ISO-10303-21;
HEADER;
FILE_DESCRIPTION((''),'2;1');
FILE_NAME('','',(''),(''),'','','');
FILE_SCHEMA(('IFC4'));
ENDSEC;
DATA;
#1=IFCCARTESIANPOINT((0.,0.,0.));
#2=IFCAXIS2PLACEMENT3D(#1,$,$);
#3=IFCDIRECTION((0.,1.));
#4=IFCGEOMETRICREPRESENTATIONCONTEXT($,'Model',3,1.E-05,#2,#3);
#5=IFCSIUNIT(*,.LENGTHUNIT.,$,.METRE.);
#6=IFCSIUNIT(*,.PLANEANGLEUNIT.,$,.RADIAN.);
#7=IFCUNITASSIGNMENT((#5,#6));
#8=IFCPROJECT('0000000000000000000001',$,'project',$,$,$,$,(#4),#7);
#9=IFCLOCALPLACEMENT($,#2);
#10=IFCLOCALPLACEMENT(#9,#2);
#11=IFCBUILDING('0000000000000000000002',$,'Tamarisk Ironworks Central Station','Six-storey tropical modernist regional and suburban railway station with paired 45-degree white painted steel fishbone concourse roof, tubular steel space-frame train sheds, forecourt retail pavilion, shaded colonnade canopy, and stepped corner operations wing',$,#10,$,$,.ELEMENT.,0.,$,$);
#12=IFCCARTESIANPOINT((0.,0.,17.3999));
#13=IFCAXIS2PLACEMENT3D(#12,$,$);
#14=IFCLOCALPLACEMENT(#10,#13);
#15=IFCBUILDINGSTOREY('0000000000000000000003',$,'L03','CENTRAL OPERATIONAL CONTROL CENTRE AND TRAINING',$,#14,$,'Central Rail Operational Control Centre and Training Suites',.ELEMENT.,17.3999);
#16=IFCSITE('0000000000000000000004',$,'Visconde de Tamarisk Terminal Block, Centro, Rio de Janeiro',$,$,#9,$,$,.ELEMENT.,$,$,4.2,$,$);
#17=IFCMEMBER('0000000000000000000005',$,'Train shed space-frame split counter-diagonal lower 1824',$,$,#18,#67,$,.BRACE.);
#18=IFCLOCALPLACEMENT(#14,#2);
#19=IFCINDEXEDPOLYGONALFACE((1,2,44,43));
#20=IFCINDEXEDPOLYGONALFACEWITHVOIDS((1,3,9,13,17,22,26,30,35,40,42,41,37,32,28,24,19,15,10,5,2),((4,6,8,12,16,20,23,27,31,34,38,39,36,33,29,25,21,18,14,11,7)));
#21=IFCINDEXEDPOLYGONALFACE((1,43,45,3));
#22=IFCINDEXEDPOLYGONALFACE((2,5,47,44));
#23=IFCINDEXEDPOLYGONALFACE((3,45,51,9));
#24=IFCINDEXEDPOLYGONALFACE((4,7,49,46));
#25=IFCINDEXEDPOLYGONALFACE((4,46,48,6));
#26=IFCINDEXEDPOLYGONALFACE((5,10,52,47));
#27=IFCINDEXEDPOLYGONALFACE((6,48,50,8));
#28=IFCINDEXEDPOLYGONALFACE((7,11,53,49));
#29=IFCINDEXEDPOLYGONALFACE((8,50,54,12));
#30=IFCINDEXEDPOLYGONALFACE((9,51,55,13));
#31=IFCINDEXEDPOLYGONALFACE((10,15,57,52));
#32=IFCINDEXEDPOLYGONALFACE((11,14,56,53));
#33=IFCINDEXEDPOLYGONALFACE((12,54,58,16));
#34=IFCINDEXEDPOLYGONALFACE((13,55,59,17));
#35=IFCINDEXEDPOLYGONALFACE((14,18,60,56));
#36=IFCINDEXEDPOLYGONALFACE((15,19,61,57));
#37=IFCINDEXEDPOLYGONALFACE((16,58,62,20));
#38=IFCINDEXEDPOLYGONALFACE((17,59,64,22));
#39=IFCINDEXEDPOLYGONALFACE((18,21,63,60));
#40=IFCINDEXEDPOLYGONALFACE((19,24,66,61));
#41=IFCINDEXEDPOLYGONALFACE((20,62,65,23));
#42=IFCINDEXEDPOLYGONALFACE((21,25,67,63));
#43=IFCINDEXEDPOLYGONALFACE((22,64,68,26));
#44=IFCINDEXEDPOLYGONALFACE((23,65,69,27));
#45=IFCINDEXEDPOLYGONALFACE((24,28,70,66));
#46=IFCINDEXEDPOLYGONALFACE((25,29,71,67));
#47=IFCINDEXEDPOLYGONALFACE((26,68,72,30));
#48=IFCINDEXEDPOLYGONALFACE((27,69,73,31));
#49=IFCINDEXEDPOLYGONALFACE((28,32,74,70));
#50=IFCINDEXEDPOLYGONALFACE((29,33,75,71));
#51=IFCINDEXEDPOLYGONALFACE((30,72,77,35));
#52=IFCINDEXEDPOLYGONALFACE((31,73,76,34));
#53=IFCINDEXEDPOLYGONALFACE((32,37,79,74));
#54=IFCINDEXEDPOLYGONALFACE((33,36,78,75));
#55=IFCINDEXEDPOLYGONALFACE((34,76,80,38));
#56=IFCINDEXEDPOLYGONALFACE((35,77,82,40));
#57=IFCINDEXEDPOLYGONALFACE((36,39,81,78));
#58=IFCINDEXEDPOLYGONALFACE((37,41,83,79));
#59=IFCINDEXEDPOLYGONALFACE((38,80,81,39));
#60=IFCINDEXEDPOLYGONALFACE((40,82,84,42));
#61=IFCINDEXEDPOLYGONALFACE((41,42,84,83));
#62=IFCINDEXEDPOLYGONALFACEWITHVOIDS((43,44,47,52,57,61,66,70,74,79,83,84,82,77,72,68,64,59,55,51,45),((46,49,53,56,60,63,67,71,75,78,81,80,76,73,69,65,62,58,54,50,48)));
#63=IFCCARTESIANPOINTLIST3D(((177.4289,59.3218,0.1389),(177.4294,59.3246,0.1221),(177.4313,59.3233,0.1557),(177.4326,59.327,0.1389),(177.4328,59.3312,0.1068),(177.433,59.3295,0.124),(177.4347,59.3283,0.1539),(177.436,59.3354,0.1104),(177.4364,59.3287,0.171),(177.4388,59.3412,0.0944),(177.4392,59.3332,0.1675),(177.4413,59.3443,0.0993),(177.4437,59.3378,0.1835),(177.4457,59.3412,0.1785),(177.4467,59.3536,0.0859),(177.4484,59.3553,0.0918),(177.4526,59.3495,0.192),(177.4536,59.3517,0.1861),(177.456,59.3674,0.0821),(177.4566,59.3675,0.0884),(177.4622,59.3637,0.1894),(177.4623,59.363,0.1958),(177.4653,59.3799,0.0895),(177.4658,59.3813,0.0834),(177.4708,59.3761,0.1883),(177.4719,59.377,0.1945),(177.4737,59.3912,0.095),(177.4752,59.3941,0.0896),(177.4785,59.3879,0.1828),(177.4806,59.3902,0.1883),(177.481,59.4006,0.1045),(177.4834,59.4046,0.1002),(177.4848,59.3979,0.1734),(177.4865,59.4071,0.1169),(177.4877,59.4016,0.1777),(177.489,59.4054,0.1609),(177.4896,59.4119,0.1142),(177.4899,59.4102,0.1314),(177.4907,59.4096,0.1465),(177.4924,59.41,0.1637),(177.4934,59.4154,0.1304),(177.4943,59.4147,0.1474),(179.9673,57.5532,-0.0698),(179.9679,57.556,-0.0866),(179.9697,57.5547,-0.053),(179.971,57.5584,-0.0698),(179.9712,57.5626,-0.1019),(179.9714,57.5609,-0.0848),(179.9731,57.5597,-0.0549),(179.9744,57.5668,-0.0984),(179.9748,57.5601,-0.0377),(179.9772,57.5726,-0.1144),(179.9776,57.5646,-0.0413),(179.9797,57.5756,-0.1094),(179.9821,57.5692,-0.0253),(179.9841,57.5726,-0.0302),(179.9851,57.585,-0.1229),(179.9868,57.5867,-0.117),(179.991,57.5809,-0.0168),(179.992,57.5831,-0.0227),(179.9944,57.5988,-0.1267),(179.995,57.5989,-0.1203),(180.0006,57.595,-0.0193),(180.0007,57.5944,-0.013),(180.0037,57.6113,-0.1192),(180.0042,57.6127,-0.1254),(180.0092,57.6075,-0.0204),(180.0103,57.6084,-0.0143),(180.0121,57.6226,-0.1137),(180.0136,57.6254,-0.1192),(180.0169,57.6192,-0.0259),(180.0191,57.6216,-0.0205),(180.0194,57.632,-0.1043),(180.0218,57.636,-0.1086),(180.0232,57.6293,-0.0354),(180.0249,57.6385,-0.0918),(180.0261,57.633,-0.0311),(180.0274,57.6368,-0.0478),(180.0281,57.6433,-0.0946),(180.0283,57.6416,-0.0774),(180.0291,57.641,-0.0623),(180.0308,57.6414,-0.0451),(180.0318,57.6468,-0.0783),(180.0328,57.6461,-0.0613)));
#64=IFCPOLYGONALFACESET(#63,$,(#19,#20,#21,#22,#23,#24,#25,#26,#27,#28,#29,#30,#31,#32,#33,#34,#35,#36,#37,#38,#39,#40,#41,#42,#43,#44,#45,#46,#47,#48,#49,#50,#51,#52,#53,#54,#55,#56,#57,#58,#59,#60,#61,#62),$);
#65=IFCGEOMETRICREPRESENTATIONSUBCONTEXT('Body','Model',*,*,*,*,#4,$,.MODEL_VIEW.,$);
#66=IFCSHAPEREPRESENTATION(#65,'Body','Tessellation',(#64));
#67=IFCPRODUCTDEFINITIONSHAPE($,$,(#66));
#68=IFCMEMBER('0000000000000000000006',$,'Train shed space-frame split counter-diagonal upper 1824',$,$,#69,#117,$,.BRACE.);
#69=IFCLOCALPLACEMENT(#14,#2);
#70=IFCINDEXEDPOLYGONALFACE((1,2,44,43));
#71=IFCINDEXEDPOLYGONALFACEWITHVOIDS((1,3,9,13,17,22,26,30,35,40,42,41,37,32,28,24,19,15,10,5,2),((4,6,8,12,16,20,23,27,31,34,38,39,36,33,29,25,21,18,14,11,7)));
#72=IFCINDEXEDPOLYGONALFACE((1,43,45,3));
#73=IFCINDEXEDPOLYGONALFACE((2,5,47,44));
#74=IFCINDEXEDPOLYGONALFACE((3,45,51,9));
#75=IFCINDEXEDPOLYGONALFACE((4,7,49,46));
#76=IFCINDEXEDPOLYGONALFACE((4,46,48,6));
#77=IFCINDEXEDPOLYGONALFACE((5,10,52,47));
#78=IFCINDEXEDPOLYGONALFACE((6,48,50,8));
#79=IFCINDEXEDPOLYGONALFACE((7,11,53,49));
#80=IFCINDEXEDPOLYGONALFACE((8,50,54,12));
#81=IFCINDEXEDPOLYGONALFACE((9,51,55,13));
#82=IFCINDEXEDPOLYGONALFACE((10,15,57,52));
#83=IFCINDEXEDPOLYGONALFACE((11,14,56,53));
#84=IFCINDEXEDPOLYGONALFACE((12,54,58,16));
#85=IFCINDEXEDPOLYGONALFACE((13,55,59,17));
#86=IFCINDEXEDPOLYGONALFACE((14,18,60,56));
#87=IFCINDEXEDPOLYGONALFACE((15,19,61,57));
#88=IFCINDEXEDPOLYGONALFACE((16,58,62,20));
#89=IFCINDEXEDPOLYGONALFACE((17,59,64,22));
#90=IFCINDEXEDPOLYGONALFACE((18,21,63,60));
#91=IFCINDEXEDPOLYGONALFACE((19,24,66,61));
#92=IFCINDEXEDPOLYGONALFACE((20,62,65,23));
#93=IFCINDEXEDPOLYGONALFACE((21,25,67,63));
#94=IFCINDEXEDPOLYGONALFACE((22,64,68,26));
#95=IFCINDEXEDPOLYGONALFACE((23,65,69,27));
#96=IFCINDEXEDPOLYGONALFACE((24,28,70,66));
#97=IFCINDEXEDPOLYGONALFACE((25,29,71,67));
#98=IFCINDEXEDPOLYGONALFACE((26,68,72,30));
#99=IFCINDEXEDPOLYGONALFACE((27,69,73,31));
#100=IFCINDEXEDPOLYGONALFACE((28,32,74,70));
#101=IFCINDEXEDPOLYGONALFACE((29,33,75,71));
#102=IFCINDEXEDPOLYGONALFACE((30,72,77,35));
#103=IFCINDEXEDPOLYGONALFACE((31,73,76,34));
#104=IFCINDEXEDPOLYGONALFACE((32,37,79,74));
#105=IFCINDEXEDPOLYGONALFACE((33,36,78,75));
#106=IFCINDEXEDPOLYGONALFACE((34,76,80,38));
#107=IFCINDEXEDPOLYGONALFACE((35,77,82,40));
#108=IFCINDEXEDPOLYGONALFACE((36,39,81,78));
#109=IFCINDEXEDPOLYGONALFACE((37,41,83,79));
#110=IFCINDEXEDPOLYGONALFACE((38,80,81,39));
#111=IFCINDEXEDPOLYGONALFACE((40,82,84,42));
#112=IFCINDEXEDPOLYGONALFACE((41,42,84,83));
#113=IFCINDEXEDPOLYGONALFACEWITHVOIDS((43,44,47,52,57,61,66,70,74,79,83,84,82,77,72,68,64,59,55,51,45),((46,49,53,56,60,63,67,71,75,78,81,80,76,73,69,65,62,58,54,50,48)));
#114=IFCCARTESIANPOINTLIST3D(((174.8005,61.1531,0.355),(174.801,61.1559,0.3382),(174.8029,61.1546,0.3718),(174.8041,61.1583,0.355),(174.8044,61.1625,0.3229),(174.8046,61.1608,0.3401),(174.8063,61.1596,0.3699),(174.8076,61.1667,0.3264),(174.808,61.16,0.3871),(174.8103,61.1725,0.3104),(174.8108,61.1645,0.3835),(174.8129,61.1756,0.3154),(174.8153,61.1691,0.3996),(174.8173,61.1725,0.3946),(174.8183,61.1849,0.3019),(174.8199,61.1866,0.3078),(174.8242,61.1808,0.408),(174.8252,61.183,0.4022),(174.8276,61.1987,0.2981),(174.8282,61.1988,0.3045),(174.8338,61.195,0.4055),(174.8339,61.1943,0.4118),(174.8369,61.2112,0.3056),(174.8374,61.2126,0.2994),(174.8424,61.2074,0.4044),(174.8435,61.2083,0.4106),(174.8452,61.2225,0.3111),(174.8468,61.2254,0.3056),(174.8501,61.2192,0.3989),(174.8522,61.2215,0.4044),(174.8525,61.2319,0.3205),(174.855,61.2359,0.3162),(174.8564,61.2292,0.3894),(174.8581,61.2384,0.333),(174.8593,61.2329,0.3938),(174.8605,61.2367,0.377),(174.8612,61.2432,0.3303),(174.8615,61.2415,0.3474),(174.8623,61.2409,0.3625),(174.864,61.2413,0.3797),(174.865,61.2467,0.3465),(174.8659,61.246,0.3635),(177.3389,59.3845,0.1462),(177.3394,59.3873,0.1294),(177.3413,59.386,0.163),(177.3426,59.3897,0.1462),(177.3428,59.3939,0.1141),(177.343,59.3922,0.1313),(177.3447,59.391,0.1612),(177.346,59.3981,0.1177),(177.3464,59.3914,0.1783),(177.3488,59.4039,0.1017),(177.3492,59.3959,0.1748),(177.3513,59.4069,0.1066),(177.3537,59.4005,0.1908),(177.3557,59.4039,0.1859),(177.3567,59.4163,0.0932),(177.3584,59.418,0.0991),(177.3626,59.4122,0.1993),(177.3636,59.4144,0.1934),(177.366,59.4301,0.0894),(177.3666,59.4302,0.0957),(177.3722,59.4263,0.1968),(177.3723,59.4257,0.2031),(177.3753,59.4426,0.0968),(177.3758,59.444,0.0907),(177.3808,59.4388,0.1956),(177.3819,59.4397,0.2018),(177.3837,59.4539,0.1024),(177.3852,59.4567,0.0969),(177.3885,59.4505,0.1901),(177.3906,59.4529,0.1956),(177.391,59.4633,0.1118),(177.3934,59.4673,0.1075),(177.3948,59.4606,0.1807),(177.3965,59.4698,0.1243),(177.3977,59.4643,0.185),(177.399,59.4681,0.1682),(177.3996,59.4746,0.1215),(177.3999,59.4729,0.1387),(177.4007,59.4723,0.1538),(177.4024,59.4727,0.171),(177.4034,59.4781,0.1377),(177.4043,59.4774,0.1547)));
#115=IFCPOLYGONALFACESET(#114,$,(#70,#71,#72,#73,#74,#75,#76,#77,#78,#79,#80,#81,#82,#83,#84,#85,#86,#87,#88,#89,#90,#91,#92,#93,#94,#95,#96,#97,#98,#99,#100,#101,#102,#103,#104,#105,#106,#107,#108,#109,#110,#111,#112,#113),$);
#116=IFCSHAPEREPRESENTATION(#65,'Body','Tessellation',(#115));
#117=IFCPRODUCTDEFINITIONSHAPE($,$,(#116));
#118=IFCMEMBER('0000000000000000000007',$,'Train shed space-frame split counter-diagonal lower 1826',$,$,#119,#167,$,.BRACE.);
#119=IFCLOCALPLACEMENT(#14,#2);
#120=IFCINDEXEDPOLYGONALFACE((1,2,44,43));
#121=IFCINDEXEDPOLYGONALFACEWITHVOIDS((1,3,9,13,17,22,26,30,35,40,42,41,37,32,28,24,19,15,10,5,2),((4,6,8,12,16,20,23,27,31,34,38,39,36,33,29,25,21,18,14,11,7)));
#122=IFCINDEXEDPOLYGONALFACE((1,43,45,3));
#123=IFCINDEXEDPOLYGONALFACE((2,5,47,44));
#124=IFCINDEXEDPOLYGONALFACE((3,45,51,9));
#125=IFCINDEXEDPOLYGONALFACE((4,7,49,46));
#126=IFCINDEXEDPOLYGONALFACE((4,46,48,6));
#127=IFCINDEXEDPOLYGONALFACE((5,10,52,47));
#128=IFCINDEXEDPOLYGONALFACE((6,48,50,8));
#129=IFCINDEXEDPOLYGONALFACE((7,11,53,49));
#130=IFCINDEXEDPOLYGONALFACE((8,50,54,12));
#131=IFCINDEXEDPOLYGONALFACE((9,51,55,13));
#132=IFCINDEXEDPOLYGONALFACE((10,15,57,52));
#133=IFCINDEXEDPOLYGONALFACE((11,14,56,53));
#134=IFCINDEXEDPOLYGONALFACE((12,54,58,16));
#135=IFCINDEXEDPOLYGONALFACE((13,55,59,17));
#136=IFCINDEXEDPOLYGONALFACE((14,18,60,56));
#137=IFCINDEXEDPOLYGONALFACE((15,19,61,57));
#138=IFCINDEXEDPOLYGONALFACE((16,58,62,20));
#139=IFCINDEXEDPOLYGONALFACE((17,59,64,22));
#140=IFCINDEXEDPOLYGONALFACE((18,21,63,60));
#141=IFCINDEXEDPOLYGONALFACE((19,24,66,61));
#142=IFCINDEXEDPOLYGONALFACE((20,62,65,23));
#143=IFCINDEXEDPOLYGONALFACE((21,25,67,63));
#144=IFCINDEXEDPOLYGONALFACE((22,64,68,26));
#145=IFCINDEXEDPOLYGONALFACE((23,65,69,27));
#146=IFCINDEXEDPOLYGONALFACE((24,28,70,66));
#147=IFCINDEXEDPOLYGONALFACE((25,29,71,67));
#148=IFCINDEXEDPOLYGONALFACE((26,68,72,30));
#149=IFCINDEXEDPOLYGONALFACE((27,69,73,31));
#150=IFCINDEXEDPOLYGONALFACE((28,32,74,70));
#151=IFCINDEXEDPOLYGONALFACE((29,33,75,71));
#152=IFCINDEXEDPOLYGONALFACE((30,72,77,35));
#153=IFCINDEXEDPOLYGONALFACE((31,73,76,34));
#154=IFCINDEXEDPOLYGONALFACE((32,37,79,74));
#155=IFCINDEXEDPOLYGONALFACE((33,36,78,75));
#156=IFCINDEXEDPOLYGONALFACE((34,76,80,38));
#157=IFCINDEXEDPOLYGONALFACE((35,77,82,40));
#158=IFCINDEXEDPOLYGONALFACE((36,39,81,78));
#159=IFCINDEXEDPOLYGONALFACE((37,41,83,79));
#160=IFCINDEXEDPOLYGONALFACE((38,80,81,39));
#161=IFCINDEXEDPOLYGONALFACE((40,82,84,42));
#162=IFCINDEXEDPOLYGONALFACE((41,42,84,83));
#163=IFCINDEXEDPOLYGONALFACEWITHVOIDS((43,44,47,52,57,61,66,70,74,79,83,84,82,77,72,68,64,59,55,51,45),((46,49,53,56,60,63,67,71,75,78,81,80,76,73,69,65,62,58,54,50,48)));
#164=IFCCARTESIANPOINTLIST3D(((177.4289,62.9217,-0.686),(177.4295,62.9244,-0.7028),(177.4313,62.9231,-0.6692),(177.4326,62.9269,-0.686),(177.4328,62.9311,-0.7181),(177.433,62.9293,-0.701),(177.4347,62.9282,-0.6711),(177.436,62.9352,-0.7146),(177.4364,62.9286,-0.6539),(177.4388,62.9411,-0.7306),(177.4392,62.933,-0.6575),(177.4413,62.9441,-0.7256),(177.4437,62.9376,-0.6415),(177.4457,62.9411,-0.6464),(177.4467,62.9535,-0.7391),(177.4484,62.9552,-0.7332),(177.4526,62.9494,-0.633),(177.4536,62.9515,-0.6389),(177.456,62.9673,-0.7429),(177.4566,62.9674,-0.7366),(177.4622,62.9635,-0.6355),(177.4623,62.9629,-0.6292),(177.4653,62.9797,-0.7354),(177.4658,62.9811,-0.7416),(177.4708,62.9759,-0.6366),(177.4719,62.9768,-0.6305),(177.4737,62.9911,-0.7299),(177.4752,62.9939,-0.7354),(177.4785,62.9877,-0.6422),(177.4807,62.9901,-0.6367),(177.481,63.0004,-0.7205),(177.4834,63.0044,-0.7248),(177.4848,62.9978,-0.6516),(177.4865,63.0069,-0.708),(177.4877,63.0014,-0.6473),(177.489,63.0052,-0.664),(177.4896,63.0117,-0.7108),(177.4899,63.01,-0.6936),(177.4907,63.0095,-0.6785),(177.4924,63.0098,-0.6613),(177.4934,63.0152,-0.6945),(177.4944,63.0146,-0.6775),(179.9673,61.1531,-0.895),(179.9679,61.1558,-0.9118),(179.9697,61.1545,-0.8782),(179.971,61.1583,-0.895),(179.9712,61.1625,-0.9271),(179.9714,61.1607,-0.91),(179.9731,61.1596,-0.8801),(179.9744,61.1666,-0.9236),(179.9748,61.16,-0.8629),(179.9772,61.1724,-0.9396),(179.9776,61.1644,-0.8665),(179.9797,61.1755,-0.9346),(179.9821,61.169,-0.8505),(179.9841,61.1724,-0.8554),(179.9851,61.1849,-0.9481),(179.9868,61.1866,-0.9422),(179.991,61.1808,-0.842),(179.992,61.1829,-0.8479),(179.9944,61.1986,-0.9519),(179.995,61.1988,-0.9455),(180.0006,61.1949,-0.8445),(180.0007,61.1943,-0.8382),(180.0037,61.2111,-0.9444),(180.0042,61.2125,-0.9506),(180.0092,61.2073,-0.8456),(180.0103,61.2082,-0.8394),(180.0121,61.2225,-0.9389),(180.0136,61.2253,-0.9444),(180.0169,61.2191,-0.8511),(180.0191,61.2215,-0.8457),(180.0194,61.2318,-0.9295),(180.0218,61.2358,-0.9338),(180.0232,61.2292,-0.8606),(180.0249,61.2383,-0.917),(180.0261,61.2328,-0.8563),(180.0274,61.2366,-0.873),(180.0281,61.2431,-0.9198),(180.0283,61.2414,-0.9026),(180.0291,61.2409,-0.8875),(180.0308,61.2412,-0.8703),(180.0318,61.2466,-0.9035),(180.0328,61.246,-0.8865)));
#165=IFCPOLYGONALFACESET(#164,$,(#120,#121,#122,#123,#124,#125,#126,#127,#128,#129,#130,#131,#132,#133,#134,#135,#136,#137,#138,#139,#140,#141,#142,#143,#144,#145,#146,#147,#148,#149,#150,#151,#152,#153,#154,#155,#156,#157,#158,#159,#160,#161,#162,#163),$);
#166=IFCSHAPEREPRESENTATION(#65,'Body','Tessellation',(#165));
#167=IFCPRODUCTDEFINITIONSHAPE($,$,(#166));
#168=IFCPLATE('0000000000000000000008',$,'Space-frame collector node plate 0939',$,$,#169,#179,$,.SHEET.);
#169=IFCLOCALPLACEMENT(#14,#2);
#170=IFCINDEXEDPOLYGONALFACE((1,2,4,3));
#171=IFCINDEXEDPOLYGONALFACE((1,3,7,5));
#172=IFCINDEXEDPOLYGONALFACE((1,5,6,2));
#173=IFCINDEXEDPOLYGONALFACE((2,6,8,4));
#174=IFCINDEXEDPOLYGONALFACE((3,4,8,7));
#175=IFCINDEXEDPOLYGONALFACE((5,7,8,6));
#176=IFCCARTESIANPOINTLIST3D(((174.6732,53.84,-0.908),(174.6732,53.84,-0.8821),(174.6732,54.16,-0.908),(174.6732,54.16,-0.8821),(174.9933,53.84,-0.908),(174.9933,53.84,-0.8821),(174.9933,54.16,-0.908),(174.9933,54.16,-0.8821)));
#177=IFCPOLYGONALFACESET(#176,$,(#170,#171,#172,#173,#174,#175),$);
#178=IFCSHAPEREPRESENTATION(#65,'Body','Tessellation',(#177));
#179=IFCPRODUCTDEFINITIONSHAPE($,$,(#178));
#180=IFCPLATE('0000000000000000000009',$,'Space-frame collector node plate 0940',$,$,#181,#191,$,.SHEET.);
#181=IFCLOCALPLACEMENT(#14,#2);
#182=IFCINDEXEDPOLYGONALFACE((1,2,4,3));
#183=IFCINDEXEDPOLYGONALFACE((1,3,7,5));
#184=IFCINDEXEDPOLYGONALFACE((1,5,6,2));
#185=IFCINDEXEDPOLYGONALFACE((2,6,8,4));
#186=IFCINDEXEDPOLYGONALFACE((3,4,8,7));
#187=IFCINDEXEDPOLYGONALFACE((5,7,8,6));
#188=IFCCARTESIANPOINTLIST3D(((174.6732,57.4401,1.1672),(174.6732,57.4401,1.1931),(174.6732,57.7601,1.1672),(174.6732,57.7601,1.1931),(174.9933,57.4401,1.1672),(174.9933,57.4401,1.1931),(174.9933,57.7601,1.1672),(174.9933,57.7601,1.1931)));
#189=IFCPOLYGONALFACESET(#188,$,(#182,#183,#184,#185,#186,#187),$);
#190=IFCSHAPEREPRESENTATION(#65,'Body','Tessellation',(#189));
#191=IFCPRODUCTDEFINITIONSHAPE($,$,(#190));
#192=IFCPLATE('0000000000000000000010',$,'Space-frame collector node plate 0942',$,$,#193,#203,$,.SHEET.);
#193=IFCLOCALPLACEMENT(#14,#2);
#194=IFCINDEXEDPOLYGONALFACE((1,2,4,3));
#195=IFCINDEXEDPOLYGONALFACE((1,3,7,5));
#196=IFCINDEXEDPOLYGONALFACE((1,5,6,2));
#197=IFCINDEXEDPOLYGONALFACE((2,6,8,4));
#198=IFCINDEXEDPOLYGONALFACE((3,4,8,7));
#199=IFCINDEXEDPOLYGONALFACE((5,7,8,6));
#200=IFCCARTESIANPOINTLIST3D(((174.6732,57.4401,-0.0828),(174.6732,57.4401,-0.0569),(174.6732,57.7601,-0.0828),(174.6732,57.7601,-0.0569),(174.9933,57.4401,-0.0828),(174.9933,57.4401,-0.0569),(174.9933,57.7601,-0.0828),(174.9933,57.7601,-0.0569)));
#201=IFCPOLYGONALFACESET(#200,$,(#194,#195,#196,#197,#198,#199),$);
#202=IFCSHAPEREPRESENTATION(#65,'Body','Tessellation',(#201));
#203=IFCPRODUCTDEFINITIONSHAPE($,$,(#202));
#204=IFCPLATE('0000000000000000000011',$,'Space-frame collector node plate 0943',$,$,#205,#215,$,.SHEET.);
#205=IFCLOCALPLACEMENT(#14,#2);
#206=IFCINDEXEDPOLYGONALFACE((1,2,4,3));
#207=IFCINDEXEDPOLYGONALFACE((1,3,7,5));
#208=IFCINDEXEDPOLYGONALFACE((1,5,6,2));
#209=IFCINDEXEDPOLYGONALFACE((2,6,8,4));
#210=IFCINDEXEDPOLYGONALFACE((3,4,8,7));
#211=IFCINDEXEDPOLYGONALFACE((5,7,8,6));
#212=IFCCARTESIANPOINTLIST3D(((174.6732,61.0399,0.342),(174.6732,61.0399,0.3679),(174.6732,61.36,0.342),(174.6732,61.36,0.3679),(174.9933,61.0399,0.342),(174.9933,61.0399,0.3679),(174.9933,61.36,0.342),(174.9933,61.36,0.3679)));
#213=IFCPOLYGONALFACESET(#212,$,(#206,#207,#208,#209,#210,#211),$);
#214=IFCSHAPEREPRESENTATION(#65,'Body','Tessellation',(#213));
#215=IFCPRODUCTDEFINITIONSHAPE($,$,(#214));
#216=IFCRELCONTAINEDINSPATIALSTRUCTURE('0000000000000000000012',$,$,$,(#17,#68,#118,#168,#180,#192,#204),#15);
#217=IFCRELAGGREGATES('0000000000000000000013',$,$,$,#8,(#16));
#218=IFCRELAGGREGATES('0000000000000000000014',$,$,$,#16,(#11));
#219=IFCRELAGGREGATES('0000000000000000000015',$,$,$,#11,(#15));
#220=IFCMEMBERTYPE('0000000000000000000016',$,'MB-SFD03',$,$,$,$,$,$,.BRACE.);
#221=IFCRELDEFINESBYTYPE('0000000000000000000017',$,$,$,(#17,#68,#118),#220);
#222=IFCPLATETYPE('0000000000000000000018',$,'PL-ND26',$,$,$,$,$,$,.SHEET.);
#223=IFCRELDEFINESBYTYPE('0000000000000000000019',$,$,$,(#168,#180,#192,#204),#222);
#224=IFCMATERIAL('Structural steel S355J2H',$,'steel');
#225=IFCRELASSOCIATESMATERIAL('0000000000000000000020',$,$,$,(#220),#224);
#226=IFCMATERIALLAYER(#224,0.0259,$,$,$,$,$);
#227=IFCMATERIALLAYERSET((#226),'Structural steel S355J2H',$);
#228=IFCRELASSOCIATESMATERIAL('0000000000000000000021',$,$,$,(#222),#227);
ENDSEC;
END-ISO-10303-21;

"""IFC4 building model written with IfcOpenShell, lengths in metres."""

from ifc_helpers import new_model, si_unit, direction, frame, origin, origin_2d, place, context, subcontext, project, spatial, rectangle, hollow_circle, extrude, material, layer, layer_set, material_profile, profile_set, type_object, element, save


model = new_model("IFC4")

# Units and contexts
model_context = context("Model", 3, precision=1e-05, world=origin(), true_north=direction((0.0, 1.0)))
body_context = subcontext(model_context, "Body", "Model", "MODEL_VIEW")
ifc_project = project(units=[si_unit("LENGTHUNIT", "METRE"), si_unit("PLANEANGLEUNIT", "RADIAN")], contexts=[model_context])

# Site, building, storey
site_placement = place(None, origin())
site = spatial("IfcSite", under=ifc_project, at=site_placement, Name="Visconde de Tamarisk Terminal Block, Centro, Rio de Janeiro", CompositionType="ELEMENT", RefElevation=4.2)
building_placement = place(site_placement, origin())
building = spatial("IfcBuilding", under=site, at=building_placement, Name="Tamarisk Ironworks Central Station", Description="Six-storey tropical modernist regional and suburban railway station with paired 45-degree white painted steel fishbone concourse roof, tubular steel space-frame train sheds, forecourt retail pavilion, shaded colonnade canopy, and stepped corner operations wing", CompositionType="ELEMENT", ElevationOfRefHeight=0.0)
storey_placement = place(building_placement, frame((0.0, 0.0, 17.3999)))
storey = spatial("IfcBuildingStorey", under=building, at=storey_placement, Name="L03", Description="CENTRAL OPERATIONAL CONTROL CENTRE AND TRAINING", LongName="Central Rail Operational Control Centre and Training Suites", CompositionType="ELEMENT", Elevation=17.3999)

# Members
ifc_material = material(Name="Structural steel S355J2H", Category="steel")
ifc_material_profile_1 = material_profile(ifc_material, hollow_circle(Radius=0.0571, WallThickness=0.0063, at=origin_2d()), Name="CHS 114.3x6.3")
ifc_profile_set_1 = profile_set([ifc_material_profile_1], Name="Structural steel S355J2H")
member_type_1 = type_object("IfcMemberType", Name="MB-SFD03", PredefinedType="BRACE", material=ifc_profile_set_1)
for number, where, z_axis, x_axis, name in (
    (1, (180.0, 57.6001, -0.0698), (-0.818625, 0.570369, 0.06732), (-0.571666, -0.820487, 0.0), "Train shed space-frame split counter-diagonal lower 1824"),
    (2, (177.3716, 59.4314, 0.1462), (-0.818625, 0.570369, 0.06732), (-0.571666, -0.820487, 0.0), "Train shed space-frame split counter-diagonal upper 1824"),
    (3, (180.0, 61.2, -0.895), (-0.818621, 0.570366, 0.067398), (-0.571666, -0.820487, 0.0), "Train shed space-frame split counter-diagonal lower 1826"),
):
    element("IfcMember", number, at=place(storey_placement, frame(where, z_axis=z_axis, x_axis=x_axis)), inside=storey, type_object=member_type_1, Name=name, PredefinedType="BRACE", context=body_context, shape_type="SweptSolid", body=[
        extrude(hollow_circle(Radius=0.0571, WallThickness=0.0063, at=origin_2d()), origin(), (0.0, 0.0, 1.0), 3.1008),
    ])

# Plates
ifc_layer = layer(ifc_material, 0.0259)
ifc_layer_set = layer_set([ifc_layer], Name="Structural steel S355J2H")
plate_type = type_object("IfcPlateType", Name="PL-ND26", PredefinedType="SHEET", material=ifc_layer_set)
for number, where, z_axis, x_axis, name in (
    (4, (174.8333, 54.0, -0.908), (0.0, 0.0, 1.0), (1.0, 0.0, 0.0), "Space-frame collector node plate 0939"),
    (5, (174.8333, 57.6001, 1.1672), (0.0, 0.0, 1.0), (1.0, 0.0, 0.0), "Space-frame collector node plate 0940"),
    (6, (174.8333, 57.6001, -0.0828), (0.0, 0.0, 1.0), (1.0, 0.0, 0.0), "Space-frame collector node plate 0942"),
    (7, (174.8333, 61.2, 0.342), (0.0, 0.0, 1.0), (1.0, 0.0, 0.0), "Space-frame collector node plate 0943"),
):
    element("IfcPlate", number, at=place(storey_placement, frame(where, z_axis=z_axis, x_axis=x_axis)), inside=storey, type_object=plate_type, Name=name, PredefinedType="SHEET", context=body_context, shape_type="SweptSolid", body=[
        extrude(rectangle(XDim=0.3201, YDim=0.3201, at=origin_2d()), origin(), (0.0, 0.0, 1.0), 0.0259),
    ])

save(model, "model.ifc")
